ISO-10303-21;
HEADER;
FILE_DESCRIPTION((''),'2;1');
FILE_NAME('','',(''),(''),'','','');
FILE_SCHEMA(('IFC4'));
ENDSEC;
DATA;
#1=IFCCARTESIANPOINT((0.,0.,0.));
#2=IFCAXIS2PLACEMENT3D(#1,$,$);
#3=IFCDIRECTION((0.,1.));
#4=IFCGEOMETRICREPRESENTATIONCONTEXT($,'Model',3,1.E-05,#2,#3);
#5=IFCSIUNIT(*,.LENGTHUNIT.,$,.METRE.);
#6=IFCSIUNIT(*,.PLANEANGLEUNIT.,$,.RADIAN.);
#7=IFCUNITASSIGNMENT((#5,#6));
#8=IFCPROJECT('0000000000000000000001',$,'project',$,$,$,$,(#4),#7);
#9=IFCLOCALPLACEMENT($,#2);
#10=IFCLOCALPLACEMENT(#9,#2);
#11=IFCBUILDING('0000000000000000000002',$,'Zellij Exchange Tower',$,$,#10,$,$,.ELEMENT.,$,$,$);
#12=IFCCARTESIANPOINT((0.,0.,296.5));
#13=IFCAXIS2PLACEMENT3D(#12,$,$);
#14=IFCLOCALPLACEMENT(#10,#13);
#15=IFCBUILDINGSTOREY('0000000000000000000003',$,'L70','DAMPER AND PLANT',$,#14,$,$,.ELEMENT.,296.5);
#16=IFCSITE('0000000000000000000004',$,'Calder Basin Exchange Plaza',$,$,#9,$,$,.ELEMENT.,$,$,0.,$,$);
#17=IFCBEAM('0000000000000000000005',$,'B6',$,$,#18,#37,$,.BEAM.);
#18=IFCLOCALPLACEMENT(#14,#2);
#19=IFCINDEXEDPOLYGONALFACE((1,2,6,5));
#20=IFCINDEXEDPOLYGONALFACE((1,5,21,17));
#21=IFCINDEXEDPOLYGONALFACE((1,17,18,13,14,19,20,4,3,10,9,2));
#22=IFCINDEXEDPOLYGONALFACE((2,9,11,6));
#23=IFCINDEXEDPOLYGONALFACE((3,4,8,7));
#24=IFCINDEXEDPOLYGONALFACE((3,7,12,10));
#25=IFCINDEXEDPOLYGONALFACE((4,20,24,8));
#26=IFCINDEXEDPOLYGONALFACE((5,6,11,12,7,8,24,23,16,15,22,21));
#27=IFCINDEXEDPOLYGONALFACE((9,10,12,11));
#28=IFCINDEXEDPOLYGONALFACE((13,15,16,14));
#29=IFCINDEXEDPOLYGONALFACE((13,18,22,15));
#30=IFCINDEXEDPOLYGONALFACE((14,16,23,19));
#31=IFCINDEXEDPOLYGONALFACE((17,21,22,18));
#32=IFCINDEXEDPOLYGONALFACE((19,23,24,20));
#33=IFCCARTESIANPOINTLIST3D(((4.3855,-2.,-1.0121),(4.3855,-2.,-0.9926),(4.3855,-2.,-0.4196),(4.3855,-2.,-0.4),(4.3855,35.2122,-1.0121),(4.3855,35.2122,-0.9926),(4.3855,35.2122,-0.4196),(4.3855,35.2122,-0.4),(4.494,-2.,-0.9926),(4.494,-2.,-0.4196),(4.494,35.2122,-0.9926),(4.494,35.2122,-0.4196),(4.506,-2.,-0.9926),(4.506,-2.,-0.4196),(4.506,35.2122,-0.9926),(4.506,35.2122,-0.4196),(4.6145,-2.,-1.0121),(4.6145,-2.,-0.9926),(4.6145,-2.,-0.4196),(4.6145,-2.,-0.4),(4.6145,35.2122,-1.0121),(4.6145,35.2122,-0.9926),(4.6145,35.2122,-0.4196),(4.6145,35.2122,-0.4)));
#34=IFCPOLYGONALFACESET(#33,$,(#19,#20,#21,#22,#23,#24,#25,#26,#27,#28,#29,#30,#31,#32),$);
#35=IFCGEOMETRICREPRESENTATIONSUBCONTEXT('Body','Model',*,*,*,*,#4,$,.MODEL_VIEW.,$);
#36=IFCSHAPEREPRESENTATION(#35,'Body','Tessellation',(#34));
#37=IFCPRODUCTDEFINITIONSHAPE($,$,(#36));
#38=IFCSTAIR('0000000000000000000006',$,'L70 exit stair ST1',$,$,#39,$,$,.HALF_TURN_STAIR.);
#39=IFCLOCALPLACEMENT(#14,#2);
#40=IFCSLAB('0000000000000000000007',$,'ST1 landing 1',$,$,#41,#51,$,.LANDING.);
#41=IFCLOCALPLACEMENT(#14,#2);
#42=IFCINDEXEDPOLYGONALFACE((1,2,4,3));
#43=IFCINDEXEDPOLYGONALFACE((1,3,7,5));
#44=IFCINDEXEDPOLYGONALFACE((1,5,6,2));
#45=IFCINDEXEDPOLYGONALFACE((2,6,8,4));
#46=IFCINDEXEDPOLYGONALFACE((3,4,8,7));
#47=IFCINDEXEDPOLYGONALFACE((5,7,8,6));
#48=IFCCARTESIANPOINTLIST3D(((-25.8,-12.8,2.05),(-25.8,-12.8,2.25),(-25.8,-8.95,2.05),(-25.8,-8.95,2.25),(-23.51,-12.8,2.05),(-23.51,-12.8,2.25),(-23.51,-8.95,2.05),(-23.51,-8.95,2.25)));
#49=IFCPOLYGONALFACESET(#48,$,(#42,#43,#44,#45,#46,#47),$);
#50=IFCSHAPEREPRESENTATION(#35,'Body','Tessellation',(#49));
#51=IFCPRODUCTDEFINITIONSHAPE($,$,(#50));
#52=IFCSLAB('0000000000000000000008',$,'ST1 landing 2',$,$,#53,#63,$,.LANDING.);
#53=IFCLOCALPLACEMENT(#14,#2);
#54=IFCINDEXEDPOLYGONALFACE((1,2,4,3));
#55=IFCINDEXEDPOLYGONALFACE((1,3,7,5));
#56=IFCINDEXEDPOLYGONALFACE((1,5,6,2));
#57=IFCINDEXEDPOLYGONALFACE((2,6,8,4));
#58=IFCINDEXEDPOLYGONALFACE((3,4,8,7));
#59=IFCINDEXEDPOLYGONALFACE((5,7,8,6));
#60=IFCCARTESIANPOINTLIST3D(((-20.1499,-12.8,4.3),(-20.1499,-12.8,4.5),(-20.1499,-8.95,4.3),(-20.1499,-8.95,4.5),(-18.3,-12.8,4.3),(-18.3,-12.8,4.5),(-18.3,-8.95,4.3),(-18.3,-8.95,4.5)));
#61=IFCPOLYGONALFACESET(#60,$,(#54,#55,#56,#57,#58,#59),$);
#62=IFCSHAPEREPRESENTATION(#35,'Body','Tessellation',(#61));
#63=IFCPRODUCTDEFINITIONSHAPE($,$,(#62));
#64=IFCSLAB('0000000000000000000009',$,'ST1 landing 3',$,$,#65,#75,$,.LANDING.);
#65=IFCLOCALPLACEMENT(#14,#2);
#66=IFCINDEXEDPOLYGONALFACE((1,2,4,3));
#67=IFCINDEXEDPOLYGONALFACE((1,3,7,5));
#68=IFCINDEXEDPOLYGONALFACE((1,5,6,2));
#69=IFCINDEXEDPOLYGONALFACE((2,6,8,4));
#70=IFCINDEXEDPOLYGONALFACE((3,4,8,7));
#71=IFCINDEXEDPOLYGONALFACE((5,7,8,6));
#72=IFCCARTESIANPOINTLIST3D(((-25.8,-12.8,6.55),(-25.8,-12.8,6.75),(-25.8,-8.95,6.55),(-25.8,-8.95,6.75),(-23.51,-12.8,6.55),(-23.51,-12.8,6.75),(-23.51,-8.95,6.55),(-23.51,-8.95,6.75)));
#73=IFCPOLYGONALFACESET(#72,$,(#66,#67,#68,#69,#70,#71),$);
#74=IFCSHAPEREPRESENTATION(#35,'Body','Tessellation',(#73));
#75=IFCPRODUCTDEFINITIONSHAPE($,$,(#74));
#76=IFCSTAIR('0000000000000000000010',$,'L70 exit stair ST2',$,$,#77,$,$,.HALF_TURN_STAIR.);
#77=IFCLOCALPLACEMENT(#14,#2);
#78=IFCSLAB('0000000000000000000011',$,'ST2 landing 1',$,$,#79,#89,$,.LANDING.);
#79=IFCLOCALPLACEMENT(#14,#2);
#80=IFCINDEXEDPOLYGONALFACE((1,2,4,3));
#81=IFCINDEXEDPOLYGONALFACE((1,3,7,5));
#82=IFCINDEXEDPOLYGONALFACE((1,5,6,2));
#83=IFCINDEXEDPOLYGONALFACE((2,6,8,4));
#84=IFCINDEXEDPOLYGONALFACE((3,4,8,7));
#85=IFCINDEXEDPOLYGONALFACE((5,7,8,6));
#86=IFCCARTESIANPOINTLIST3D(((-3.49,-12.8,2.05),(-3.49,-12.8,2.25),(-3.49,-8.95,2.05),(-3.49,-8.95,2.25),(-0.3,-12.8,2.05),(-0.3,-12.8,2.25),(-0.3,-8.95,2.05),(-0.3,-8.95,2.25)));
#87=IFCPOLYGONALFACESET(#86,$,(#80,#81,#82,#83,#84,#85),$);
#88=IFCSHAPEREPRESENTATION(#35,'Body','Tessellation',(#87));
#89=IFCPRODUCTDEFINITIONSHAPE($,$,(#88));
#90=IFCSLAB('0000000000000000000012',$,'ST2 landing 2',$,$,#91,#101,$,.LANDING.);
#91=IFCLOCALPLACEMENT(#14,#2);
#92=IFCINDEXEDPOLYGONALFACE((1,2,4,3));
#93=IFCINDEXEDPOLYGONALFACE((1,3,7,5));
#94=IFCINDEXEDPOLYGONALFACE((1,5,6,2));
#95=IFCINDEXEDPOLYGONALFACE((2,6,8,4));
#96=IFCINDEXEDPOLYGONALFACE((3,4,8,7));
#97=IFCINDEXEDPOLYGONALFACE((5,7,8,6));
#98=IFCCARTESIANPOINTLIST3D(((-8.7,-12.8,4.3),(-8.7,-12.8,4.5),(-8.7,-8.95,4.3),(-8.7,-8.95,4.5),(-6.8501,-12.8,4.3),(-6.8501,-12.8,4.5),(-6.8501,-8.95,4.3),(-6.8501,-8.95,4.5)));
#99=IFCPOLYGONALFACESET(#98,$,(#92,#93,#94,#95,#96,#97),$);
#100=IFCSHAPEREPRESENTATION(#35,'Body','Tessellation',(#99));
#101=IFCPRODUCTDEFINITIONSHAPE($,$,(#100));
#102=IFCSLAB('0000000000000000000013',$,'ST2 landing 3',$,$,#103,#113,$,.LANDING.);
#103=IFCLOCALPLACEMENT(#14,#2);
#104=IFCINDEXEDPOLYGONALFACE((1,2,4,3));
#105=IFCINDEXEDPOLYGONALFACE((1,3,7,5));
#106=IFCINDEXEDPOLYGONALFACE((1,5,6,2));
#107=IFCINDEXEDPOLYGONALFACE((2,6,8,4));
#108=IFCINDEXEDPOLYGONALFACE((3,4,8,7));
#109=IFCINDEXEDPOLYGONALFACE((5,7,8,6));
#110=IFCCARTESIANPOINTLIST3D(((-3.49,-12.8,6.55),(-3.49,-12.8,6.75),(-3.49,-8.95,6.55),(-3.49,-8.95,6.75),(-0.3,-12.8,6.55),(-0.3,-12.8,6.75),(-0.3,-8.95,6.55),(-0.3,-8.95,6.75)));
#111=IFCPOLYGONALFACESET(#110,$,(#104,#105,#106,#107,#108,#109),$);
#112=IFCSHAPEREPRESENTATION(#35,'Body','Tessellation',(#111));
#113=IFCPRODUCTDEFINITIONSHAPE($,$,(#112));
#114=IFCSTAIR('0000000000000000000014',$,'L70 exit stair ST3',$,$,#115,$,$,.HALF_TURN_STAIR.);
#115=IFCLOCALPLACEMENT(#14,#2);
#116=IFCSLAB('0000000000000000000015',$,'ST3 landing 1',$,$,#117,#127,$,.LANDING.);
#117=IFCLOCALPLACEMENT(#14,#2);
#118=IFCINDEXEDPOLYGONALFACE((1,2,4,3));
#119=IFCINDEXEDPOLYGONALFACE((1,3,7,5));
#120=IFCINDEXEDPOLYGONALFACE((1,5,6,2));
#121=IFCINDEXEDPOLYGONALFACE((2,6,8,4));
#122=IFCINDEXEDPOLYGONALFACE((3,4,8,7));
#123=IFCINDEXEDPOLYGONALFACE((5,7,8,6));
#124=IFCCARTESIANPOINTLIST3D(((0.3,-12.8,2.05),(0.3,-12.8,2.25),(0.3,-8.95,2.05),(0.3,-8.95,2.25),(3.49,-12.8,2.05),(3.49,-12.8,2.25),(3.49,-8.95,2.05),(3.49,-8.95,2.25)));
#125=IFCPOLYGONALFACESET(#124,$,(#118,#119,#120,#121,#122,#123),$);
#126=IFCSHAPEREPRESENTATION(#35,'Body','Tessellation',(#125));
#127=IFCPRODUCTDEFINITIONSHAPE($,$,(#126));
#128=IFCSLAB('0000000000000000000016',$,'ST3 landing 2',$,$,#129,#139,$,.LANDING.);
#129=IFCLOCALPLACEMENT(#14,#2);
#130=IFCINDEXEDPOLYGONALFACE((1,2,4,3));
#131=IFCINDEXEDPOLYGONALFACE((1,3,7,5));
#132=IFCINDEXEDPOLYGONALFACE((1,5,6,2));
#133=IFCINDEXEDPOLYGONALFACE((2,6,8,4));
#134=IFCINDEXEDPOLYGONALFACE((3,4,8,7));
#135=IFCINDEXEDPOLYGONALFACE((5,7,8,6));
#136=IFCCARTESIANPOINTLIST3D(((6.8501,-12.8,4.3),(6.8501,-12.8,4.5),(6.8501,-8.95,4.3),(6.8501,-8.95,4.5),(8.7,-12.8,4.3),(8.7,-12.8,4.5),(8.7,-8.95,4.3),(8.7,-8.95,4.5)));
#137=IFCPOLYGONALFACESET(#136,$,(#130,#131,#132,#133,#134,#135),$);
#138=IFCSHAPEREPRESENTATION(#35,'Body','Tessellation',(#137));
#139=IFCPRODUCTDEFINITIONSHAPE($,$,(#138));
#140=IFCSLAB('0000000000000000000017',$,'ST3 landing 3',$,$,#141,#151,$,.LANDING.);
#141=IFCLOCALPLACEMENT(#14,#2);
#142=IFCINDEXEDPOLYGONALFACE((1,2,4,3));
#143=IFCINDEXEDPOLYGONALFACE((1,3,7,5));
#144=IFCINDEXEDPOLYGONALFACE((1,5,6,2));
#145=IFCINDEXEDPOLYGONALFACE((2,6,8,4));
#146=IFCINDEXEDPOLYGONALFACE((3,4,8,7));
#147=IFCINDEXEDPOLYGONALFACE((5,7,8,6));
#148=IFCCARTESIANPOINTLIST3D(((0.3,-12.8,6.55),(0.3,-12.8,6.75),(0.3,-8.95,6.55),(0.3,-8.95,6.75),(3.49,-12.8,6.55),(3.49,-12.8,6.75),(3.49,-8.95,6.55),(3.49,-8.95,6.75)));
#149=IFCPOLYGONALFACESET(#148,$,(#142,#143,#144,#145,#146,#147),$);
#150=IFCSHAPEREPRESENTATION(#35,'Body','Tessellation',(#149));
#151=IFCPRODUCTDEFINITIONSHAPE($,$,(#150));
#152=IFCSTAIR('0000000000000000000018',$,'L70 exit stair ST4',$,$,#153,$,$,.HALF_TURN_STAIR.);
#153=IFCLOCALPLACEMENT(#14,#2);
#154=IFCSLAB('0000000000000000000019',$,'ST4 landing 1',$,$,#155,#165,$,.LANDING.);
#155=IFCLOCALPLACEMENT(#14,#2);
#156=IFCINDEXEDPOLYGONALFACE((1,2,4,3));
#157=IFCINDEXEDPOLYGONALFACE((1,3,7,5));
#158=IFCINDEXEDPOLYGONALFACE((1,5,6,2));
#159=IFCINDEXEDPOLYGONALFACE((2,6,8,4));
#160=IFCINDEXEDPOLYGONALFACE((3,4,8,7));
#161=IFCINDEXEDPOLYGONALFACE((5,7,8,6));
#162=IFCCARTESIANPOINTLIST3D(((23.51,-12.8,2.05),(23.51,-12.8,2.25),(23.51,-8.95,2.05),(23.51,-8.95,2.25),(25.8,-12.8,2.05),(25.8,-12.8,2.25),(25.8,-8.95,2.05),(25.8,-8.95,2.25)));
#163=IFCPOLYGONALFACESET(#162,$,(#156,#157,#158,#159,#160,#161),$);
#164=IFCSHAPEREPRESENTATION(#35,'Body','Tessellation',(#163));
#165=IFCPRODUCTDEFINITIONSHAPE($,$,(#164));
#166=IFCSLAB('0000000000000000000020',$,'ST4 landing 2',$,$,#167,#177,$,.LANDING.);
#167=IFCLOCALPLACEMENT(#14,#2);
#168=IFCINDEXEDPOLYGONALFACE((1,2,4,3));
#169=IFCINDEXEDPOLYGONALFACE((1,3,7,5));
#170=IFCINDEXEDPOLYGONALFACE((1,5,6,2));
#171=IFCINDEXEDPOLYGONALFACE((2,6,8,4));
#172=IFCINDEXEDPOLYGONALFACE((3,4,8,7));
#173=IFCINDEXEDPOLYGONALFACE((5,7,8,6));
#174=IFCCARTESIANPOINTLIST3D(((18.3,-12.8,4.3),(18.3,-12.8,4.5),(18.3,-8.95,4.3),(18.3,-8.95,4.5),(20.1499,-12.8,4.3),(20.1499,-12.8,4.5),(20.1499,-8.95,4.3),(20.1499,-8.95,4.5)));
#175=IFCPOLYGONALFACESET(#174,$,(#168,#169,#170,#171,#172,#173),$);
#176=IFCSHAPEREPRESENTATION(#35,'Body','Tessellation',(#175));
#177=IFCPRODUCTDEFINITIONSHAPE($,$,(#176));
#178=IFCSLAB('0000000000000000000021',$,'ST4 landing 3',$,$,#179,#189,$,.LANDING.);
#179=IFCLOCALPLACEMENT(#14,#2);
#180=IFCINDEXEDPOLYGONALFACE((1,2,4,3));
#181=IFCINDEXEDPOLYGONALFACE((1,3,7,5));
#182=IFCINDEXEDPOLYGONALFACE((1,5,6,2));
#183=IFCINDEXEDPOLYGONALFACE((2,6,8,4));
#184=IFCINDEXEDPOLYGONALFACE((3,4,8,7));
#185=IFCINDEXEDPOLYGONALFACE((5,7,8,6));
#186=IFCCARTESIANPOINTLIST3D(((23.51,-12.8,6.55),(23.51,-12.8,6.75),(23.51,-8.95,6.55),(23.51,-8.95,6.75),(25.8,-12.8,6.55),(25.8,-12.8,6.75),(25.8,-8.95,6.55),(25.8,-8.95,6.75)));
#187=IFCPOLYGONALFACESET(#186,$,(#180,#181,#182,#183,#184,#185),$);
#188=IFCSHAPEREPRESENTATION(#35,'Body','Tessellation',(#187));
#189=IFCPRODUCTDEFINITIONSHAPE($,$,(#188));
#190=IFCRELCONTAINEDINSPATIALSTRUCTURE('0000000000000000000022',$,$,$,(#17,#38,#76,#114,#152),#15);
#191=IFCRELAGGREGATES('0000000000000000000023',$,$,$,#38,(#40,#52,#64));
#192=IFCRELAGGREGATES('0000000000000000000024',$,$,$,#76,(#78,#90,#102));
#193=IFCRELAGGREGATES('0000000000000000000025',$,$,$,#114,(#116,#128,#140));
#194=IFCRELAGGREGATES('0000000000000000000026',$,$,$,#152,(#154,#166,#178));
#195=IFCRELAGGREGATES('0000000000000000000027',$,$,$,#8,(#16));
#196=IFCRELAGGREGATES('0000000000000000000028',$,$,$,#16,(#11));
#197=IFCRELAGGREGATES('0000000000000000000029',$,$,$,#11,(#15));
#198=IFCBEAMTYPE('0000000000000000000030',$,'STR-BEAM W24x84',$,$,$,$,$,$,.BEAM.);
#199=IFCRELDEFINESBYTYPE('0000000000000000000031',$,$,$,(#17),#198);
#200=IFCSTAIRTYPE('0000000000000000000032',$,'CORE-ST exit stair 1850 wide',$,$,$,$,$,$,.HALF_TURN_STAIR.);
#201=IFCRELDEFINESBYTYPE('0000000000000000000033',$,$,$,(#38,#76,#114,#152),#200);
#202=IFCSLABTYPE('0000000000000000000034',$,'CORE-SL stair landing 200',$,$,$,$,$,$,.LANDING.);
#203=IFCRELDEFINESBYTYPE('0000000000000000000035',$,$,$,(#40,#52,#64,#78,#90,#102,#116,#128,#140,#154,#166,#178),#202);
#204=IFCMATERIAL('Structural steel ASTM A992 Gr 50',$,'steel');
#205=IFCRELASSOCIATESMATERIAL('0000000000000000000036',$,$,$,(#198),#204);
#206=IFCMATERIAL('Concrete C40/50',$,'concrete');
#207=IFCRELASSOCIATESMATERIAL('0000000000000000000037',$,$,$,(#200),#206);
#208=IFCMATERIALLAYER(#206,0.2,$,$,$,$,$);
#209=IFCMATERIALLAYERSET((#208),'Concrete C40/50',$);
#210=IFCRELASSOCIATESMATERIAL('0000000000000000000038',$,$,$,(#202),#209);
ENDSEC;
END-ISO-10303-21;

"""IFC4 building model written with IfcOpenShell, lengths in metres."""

from ifc_helpers import new_model, si_unit, direction, frame, origin, origin_2d, place, context, subcontext, project, spatial, polyline, i_section, outline, extrude, material, layer, layer_set, material_profile, profile_set, type_object, element, aggregate, save


model = new_model("IFC4")

# Units and contexts
model_context = context("Model", 3, precision=1e-05, world=origin(), true_north=direction((0.0, 1.0)))
body_context = subcontext(model_context, "Body", "Model", "MODEL_VIEW")
ifc_project = project(units=[si_unit("LENGTHUNIT", "METRE"), si_unit("PLANEANGLEUNIT", "RADIAN")], contexts=[model_context])

# Site, building, storey
site_placement = place(None, origin())
site = spatial("IfcSite", under=ifc_project, at=site_placement, Name="Calder Basin Exchange Plaza", CompositionType="ELEMENT", RefElevation=0.0)
building_placement = place(site_placement, origin())
building = spatial("IfcBuilding", under=site, at=building_placement, Name="Zellij Exchange Tower", CompositionType="ELEMENT")
storey_placement = place(building_placement, frame((0.0, 0.0, 296.5)))
storey = spatial("IfcBuildingStorey", under=building, at=storey_placement, Name="L70", Description="DAMPER AND PLANT", CompositionType="ELEMENT", Elevation=296.5)

# Beam
ifc_material_1 = material(Name="Structural steel ASTM A992 Gr 50", Category="steel")
ifc_material_profile = material_profile(ifc_material_1, i_section(OverallWidth=0.229, OverallDepth=0.6121, WebThickness=0.012, FlangeThickness=0.0195, at=origin_2d()), Name="W24x84")
ifc_profile_set = profile_set([ifc_material_profile], Name="Structural steel ASTM A992 Gr 50")
beam_type = type_object("IfcBeamType", Name="STR-BEAM W24x84", PredefinedType="BEAM", material=ifc_profile_set)
beam_placement = place(storey_placement, frame((4.5, -2.0, -0.7061), z_axis=(0.0, 1.0, 0.0), x_axis=(-1.0, 0.0, 0.0)))
element("IfcBeam", 1, at=beam_placement, inside=storey, type_object=beam_type, Name="B6", PredefinedType="BEAM", context=body_context, shape_type="SweptSolid", body=[
    extrude(i_section(OverallWidth=0.229, OverallDepth=0.6121, WebThickness=0.012, FlangeThickness=0.0195, at=origin_2d()), origin(), (0.0, 0.0, 1.0), 37.2122),
])

# Stairs, slabs
ifc_material_2 = material(Name="Concrete C40/50", Category="concrete")
stair_type = type_object("IfcStairType", Name="CORE-ST exit stair 1850 wide", PredefinedType="HALF_TURN_STAIR", material=ifc_material_2)
stair_1_placement = place(storey_placement, origin())
stair_1 = element("IfcStair", 2, at=stair_1_placement, inside=storey, type_object=stair_type, Name="L70 exit stair ST1", PredefinedType="HALF_TURN_STAIR")
ifc_layer_1 = layer(ifc_material_2, 0.2)
ifc_layer_set_1 = layer_set([ifc_layer_1], Name="Concrete C40/50")
slab_type_1 = type_object("IfcSlabType", Name="CORE-SL stair landing 200", PredefinedType="LANDING", material=ifc_layer_set_1)
slab_1_placement = place(storey_placement, frame((0.0, 0.0, 2.05)))
slab_1 = element("IfcSlab", 3, at=slab_1_placement, type_object=slab_type_1, Name="ST1 landing 1", PredefinedType="LANDING", context=body_context, shape_type="SweptSolid", body=[
    extrude(outline(polyline([(-23.51, -8.95), (-25.8, -8.95), (-25.8, -12.8), (-23.51, -12.8), (-23.51, -8.95)])), origin(), (0.0, 0.0, 1.0), 0.2),
])
slab_2_placement = place(storey_placement, frame((0.0, 0.0, 4.3)))
slab_2 = element("IfcSlab", 4, at=slab_2_placement, type_object=slab_type_1, Name="ST1 landing 2", PredefinedType="LANDING", context=body_context, shape_type="SweptSolid", body=[
    extrude(outline(polyline([(-18.3, -8.95), (-20.1499, -8.95), (-20.1499, -12.8), (-18.3, -12.8), (-18.3, -8.95)])), origin(), (0.0, 0.0, 1.0), 0.2),
])
slab_3_placement = place(storey_placement, frame((0.0, 0.0, 6.55)))
slab_3 = element("IfcSlab", 5, at=slab_3_placement, type_object=slab_type_1, Name="ST1 landing 3", PredefinedType="LANDING", context=body_context, shape_type="SweptSolid", body=[
    extrude(outline(polyline([(-23.51, -8.95), (-25.8, -8.95), (-25.8, -12.8), (-23.51, -12.8), (-23.51, -8.95)])), origin(), (0.0, 0.0, 1.0), 0.2),
])
aggregate(stair_1, [slab_1, slab_2, slab_3])
stair_2_placement = place(storey_placement, origin())
stair_2 = element("IfcStair", 6, at=stair_2_placement, inside=storey, type_object=stair_type, Name="L70 exit stair ST2", PredefinedType="HALF_TURN_STAIR")
slab_4_placement = place(storey_placement, frame((0.0, 0.0, 2.05)))
slab_4 = element("IfcSlab", 7, at=slab_4_placement, type_object=slab_type_1, Name="ST2 landing 1", PredefinedType="LANDING", context=body_context, shape_type="SweptSolid", body=[
    extrude(outline(polyline([(-3.49, -12.8), (-0.3, -12.8), (-0.3, -8.95), (-3.49, -8.95), (-3.49, -12.8)])), origin(), (0.0, 0.0, 1.0), 0.2),
])
slab_5_placement = place(storey_placement, frame((0.0, 0.0, 4.3)))
slab_5 = element("IfcSlab", 8, at=slab_5_placement, type_object=slab_type_1, Name="ST2 landing 2", PredefinedType="LANDING", context=body_context, shape_type="SweptSolid", body=[
    extrude(outline(polyline([(-8.7, -12.8), (-6.8501, -12.8), (-6.8501, -8.95), (-8.7, -8.95), (-8.7, -12.8)])), origin(), (0.0, 0.0, 1.0), 0.2),
])
slab_6_placement = place(storey_placement, frame((0.0, 0.0, 6.55)))
slab_6 = element("IfcSlab", 9, at=slab_6_placement, type_object=slab_type_1, Name="ST2 landing 3", PredefinedType="LANDING", context=body_context, shape_type="SweptSolid", body=[
    extrude(outline(polyline([(-3.49, -12.8), (-0.3, -12.8), (-0.3, -8.95), (-3.49, -8.95), (-3.49, -12.8)])), origin(), (0.0, 0.0, 1.0), 0.2),
])
aggregate(stair_2, [slab_4, slab_5, slab_6])
stair_3_placement = place(storey_placement, origin())
stair_3 = element("IfcStair", 10, at=stair_3_placement, inside=storey, type_object=stair_type, Name="L70 exit stair ST3", PredefinedType="HALF_TURN_STAIR")
slab_7_placement = place(storey_placement, frame((0.0, 0.0, 2.05)))
slab_7 = element("IfcSlab", 11, at=slab_7_placement, type_object=slab_type_1, Name="ST3 landing 1", PredefinedType="LANDING", context=body_context, shape_type="SweptSolid", body=[
    extrude(outline(polyline([(3.49, -8.95), (0.3, -8.95), (0.3, -12.8), (3.49, -12.8), (3.49, -8.95)])), origin(), (0.0, 0.0, 1.0), 0.2),
])
slab_8_placement = place(storey_placement, frame((0.0, 0.0, 4.3)))
slab_8 = element("IfcSlab", 12, at=slab_8_placement, type_object=slab_type_1, Name="ST3 landing 2", PredefinedType="LANDING", context=body_context, shape_type="SweptSolid", body=[
    extrude(outline(polyline([(8.7, -8.95), (6.8501, -8.95), (6.8501, -12.8), (8.7, -12.8), (8.7, -8.95)])), origin(), (0.0, 0.0, 1.0), 0.2),
])
slab_9_placement = place(storey_placement, frame((0.0, 0.0, 6.55)))
slab_9 = element("IfcSlab", 13, at=slab_9_placement, type_object=slab_type_1, Name="ST3 landing 3", PredefinedType="LANDING", context=body_context, shape_type="SweptSolid", body=[
    extrude(outline(polyline([(3.49, -8.95), (0.3, -8.95), (0.3, -12.8), (3.49, -12.8), (3.49, -8.95)])), origin(), (0.0, 0.0, 1.0), 0.2),
])
aggregate(stair_3, [slab_7, slab_8, slab_9])
stair_4_placement = place(storey_placement, origin())
stair_4 = element("IfcStair", 14, at=stair_4_placement, inside=storey, type_object=stair_type, Name="L70 exit stair ST4", PredefinedType="HALF_TURN_STAIR")
slab_10_placement = place(storey_placement, frame((0.0, 0.0, 2.05)))
slab_10 = element("IfcSlab", 15, at=slab_10_placement, type_object=slab_type_1, Name="ST4 landing 1", PredefinedType="LANDING", context=body_context, shape_type="SweptSolid", body=[
    extrude(outline(polyline([(23.51, -12.8), (25.8, -12.8), (25.8, -8.95), (23.51, -8.95), (23.51, -12.8)])), origin(), (0.0, 0.0, 1.0), 0.2),
])
slab_11_placement = place(storey_placement, frame((0.0, 0.0, 4.3)))
slab_11 = element("IfcSlab", 16, at=slab_11_placement, type_object=slab_type_1, Name="ST4 landing 2", PredefinedType="LANDING", context=body_context, shape_type="SweptSolid", body=[
    extrude(outline(polyline([(18.3, -12.8), (20.1499, -12.8), (20.1499, -8.95), (18.3, -8.95), (18.3, -12.8)])), origin(), (0.0, 0.0, 1.0), 0.2),
])
slab_12_placement = place(storey_placement, frame((0.0, 0.0, 6.55)))
slab_12 = element("IfcSlab", 17, at=slab_12_placement, type_object=slab_type_1, Name="ST4 landing 3", PredefinedType="LANDING", context=body_context, shape_type="SweptSolid", body=[
    extrude(outline(polyline([(23.51, -12.8), (25.8, -12.8), (25.8, -8.95), (23.51, -8.95), (23.51, -12.8)])), origin(), (0.0, 0.0, 1.0), 0.2),
])
aggregate(stair_4, [slab_10, slab_11, slab_12])

save(model, "model.ifc")
